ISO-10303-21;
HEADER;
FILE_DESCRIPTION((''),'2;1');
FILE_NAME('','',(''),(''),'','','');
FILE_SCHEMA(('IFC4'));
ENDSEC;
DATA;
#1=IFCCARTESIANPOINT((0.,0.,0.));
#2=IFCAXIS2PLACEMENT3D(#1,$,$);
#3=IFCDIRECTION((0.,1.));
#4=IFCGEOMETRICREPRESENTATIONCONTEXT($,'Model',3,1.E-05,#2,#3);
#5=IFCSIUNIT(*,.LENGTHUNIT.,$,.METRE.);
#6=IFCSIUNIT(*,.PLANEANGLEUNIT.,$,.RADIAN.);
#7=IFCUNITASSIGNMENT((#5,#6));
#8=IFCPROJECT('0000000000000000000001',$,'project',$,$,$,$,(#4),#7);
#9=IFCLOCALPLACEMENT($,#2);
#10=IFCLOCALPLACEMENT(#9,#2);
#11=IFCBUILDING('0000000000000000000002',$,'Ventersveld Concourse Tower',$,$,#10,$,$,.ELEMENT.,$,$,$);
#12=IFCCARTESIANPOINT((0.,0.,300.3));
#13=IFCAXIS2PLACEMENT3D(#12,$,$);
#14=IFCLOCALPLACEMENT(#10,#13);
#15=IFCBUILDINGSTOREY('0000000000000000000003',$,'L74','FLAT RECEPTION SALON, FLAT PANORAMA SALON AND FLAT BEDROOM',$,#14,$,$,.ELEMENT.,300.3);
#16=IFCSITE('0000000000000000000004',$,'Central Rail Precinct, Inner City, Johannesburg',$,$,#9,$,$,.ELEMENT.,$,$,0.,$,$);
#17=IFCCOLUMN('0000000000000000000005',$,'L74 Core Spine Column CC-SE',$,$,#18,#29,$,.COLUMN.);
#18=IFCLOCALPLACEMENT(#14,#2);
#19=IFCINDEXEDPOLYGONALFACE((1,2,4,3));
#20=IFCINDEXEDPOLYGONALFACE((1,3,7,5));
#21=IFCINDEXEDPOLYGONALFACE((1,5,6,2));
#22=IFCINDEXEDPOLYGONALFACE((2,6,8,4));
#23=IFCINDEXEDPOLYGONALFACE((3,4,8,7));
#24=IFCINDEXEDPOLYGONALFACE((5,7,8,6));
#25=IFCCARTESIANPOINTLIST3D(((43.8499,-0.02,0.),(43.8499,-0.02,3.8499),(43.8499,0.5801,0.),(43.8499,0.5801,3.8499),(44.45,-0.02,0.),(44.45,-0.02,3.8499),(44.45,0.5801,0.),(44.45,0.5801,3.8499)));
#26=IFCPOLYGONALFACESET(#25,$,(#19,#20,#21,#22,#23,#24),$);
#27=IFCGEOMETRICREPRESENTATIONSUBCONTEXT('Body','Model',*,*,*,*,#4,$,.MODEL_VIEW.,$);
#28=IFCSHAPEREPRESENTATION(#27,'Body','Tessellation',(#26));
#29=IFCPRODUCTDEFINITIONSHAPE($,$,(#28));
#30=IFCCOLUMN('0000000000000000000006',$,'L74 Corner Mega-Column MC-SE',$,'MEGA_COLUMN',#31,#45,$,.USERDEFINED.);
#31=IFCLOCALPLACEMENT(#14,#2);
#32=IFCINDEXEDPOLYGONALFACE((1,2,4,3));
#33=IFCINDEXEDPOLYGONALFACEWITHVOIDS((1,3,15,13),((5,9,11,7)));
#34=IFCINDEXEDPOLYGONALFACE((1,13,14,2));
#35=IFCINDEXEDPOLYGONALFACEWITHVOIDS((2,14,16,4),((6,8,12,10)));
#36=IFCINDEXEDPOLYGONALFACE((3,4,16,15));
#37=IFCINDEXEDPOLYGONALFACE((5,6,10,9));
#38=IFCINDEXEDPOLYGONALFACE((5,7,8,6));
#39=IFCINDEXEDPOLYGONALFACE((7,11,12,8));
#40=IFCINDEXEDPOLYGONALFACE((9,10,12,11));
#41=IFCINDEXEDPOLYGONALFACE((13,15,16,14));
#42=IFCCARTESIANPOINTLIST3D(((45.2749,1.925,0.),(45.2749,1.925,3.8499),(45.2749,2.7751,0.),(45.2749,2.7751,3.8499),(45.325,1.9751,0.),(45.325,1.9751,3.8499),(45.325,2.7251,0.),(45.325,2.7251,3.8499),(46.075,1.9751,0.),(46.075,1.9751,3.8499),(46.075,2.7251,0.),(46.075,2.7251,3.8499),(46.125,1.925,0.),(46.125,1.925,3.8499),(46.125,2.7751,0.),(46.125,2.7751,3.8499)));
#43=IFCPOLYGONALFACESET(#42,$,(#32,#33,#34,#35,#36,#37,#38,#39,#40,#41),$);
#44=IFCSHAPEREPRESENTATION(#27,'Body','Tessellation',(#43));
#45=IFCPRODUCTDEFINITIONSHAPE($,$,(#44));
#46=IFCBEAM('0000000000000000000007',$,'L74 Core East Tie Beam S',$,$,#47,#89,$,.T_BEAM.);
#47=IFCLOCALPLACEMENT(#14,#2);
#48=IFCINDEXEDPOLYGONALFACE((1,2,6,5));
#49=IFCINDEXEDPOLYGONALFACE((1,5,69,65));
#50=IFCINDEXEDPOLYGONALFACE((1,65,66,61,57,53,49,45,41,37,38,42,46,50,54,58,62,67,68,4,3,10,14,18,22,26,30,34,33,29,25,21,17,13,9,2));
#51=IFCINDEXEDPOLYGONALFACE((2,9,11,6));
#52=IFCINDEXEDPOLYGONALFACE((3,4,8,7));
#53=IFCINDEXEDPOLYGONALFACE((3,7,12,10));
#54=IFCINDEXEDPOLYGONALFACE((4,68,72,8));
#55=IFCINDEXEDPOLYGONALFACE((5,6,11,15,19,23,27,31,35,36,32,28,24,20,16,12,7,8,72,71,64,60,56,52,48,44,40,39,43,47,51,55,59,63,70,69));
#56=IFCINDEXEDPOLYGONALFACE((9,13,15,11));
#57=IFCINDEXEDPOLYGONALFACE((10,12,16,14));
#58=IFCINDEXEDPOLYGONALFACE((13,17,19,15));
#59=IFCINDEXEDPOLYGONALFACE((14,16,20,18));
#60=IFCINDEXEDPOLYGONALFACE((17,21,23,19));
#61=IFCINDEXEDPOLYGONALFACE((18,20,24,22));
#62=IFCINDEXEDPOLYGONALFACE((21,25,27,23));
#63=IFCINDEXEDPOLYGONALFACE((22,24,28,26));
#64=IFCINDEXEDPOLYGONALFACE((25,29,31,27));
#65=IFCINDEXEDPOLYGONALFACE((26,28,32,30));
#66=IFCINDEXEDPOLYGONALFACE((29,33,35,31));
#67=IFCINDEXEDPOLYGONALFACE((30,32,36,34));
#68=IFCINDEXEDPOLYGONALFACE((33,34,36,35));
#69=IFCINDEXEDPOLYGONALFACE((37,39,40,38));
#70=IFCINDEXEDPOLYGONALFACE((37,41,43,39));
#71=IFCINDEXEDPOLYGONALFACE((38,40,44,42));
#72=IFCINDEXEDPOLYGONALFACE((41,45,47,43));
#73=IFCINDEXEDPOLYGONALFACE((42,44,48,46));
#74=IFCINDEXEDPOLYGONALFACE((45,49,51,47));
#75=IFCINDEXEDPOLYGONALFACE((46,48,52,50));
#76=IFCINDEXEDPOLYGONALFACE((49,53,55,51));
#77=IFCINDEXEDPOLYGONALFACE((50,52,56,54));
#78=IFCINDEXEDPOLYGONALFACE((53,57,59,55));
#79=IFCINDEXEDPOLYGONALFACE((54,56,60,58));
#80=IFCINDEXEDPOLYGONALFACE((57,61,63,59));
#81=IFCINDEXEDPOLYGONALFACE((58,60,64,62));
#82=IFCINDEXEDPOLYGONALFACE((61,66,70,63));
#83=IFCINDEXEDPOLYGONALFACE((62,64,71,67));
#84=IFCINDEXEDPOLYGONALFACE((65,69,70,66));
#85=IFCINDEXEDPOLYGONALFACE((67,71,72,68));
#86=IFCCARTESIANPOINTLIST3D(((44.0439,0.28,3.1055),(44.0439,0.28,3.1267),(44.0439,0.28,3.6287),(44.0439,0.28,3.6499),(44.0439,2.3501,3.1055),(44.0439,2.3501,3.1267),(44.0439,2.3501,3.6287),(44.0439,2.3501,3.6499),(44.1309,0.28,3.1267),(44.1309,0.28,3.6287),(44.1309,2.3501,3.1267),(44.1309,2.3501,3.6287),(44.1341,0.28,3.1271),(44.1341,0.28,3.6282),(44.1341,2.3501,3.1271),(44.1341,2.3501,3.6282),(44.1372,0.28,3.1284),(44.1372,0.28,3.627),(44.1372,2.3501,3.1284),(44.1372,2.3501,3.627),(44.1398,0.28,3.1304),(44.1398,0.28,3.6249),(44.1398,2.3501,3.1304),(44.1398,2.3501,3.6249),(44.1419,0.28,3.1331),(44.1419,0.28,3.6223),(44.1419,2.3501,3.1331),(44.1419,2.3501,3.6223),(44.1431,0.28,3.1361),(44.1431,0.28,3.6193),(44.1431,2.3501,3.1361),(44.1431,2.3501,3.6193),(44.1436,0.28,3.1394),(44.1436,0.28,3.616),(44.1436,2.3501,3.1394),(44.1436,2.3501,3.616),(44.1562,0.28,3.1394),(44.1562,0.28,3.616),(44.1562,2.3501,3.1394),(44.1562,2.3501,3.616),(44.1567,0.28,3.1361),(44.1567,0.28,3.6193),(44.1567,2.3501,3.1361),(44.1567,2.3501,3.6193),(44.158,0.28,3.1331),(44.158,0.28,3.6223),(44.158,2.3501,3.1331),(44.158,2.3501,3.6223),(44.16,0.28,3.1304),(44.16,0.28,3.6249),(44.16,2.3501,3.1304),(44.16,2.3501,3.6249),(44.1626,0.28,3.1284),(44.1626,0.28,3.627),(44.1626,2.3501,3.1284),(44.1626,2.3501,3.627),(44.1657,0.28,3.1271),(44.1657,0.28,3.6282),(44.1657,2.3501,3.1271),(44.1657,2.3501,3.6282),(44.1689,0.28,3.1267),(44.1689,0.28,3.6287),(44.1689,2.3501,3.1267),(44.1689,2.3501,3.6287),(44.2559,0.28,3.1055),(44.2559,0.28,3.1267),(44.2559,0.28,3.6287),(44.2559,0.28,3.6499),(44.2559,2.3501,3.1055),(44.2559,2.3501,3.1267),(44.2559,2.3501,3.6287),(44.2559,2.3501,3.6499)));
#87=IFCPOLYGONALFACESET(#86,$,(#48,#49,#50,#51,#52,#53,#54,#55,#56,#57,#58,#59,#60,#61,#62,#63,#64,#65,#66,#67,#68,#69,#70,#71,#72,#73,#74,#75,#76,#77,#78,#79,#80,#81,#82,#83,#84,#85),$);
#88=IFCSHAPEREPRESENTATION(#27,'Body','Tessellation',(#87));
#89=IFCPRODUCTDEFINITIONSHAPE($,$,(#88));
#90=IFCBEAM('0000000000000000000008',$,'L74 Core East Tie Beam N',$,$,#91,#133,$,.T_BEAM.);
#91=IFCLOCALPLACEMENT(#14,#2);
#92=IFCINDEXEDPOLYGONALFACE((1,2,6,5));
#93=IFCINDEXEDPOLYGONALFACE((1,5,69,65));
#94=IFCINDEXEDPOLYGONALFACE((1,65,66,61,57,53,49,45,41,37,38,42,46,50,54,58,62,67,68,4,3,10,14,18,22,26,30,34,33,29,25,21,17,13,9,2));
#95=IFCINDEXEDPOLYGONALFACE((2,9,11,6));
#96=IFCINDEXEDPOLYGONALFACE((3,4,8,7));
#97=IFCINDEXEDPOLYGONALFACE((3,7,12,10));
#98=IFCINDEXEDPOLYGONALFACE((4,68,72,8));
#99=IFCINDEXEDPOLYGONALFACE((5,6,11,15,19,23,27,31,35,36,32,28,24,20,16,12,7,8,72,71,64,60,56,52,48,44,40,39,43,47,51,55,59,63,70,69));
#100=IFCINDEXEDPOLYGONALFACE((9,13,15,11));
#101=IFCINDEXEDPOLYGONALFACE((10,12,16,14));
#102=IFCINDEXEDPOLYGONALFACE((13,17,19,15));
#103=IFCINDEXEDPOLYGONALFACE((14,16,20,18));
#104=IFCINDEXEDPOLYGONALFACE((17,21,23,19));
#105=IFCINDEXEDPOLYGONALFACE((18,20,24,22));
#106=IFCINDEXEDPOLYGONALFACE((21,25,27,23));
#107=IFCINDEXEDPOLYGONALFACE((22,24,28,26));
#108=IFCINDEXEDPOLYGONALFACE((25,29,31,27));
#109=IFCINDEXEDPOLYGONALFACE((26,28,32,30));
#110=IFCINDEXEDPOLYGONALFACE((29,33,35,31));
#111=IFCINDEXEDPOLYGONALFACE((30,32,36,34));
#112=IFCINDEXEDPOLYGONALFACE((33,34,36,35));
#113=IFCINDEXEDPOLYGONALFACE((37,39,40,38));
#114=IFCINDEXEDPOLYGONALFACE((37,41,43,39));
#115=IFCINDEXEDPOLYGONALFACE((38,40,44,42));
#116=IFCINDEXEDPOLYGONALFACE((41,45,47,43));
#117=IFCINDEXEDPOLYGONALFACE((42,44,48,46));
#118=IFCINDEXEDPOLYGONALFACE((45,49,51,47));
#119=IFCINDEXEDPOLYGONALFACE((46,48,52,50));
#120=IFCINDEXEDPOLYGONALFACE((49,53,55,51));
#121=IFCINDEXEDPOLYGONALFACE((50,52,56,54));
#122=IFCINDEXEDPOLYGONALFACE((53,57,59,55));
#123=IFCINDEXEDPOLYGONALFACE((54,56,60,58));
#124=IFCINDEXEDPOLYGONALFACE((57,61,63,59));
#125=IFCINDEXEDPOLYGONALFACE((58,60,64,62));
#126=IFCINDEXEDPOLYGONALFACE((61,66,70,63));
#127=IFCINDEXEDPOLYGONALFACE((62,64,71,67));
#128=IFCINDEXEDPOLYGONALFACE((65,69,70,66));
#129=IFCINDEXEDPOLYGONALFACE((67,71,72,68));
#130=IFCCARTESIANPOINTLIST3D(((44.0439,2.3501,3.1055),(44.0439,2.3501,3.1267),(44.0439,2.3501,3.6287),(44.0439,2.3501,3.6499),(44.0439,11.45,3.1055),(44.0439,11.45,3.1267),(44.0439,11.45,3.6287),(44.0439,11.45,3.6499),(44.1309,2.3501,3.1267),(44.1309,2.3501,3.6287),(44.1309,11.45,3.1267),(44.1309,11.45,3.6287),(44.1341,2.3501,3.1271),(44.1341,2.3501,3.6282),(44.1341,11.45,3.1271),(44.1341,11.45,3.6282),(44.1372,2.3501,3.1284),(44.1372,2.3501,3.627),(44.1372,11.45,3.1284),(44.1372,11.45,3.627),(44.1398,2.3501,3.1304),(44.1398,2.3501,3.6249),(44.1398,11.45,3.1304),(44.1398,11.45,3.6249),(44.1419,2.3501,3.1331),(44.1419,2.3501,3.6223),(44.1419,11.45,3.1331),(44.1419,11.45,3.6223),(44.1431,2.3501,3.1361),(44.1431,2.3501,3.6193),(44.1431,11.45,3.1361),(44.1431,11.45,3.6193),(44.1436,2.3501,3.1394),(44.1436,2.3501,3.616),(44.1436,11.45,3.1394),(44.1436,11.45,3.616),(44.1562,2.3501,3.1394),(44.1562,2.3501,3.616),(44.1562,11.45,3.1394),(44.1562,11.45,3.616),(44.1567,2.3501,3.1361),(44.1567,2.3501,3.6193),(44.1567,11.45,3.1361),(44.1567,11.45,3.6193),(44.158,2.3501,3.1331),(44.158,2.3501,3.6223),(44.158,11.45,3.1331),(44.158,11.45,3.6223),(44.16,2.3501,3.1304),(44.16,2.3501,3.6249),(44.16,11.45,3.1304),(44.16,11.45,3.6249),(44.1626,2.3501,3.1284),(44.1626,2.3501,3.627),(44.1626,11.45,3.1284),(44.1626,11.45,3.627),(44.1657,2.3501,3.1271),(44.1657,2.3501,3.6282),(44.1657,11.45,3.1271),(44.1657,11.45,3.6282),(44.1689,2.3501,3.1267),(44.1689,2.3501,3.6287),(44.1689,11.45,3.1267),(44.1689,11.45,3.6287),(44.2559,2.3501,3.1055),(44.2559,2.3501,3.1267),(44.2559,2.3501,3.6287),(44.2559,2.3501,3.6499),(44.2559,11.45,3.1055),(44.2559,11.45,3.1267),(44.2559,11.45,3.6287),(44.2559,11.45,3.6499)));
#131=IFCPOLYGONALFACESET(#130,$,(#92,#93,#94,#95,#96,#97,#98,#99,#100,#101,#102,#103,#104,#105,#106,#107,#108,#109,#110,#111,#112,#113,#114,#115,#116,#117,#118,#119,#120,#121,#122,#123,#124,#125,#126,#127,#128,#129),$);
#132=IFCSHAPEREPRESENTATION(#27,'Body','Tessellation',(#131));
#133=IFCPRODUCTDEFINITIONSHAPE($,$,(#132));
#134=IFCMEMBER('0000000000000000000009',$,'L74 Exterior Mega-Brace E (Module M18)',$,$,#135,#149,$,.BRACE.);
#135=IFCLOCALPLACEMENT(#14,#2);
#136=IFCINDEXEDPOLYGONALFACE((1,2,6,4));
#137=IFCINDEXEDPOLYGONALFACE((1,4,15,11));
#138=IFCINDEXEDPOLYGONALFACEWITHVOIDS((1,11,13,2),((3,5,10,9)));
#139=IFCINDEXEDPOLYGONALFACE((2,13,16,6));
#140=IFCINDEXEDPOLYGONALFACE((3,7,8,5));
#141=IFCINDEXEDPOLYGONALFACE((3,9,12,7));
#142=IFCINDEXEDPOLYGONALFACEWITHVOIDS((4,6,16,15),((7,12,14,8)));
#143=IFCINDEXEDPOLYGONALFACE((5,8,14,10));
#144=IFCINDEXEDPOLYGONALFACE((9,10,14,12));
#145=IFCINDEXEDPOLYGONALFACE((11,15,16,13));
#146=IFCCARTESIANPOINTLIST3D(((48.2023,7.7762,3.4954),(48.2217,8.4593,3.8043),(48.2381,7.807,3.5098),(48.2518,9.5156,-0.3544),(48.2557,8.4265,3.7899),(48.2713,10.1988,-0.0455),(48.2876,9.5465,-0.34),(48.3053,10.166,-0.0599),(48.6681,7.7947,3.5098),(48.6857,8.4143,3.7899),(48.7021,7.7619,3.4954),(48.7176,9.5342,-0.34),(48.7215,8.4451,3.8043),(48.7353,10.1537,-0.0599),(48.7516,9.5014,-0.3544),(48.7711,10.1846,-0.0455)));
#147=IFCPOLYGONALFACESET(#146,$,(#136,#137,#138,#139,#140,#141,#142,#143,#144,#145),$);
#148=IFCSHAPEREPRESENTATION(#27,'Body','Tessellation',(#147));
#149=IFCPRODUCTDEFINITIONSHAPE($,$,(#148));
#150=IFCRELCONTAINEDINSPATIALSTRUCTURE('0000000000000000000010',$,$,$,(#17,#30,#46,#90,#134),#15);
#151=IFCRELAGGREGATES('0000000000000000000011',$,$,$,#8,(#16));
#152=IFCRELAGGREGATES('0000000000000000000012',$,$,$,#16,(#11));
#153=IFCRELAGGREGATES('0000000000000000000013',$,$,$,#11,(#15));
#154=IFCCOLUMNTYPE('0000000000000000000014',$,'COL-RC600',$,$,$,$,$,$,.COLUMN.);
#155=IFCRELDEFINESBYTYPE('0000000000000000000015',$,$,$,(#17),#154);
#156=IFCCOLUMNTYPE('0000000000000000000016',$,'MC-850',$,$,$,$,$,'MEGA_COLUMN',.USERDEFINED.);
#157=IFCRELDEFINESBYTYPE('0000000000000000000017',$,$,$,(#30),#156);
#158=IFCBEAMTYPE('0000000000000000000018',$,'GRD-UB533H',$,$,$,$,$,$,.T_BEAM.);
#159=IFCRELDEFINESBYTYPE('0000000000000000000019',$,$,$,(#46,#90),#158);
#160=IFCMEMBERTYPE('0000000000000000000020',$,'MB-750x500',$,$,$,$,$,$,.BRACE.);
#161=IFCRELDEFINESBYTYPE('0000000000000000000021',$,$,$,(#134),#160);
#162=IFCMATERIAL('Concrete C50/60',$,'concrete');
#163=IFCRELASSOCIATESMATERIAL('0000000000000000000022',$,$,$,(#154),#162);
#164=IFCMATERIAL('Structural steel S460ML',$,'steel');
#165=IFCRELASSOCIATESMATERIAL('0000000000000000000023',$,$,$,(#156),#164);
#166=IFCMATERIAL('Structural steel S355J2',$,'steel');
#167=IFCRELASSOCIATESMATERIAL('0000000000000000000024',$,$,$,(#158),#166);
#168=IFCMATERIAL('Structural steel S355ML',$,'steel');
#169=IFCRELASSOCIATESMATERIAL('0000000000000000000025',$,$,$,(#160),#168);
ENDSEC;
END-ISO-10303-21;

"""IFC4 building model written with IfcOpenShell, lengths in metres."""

from ifc_helpers import new_model, si_unit, direction, frame, origin, origin_2d, place, context, subcontext, project, spatial, rectangle, hollow_rectangle, i_section, extrude, material, material_profile, profile_set, type_object, element, save


model = new_model("IFC4")

# Units and contexts
model_context = context("Model", 3, precision=1e-05, world=origin(), true_north=direction((0.0, 1.0)))
body_context = subcontext(model_context, "Body", "Model", "MODEL_VIEW")
ifc_project = project(units=[si_unit("LENGTHUNIT", "METRE"), si_unit("PLANEANGLEUNIT", "RADIAN")], contexts=[model_context])

# Site, building, storey
site_placement = place(None, origin())
site = spatial("IfcSite", under=ifc_project, at=site_placement, Name="Central Rail Precinct, Inner City, Johannesburg", CompositionType="ELEMENT", RefElevation=0.0)
building_placement = place(site_placement, origin())
building = spatial("IfcBuilding", under=site, at=building_placement, Name="Ventersveld Concourse Tower", CompositionType="ELEMENT")
storey_placement = place(building_placement, frame((0.0, 0.0, 300.3)))
storey = spatial("IfcBuildingStorey", under=building, at=storey_placement, Name="L74", Description="FLAT RECEPTION SALON, FLAT PANORAMA SALON AND FLAT BEDROOM", CompositionType="ELEMENT", Elevation=300.3)

# Columns
ifc_material_1 = material(Name="Concrete C50/60", Category="concrete")
ifc_material_profile_1 = material_profile(ifc_material_1, rectangle(XDim=0.6001, YDim=0.6001, at=origin_2d()), Name="RC 600x600")
ifc_profile_set_1 = profile_set([ifc_material_profile_1], Name="Concrete C50/60")
column_type_1 = type_object("IfcColumnType", Name="COL-RC600", PredefinedType="COLUMN", material=ifc_profile_set_1)
column_1_placement = place(storey_placement, frame((44.1499, 0.28, 0.0), z_axis=(0.0, 0.0, 1.0), x_axis=(1.0, 0.0, 0.0)))
element("IfcColumn", 1, at=column_1_placement, inside=storey, type_object=column_type_1, Name="L74 Core Spine Column CC-SE", PredefinedType="COLUMN", context=body_context, shape_type="SweptSolid", body=[
    extrude(rectangle(XDim=0.6001, YDim=0.6001, at=origin_2d()), origin(), (0.0, 0.0, 1.0), 3.8499),
])
ifc_material_2 = material(Name="Structural steel S460ML", Category="steel")
ifc_material_profile_2 = material_profile(ifc_material_2, hollow_rectangle(XDim=0.8501, YDim=0.8501, WallThickness=0.05, at=origin_2d()), Name="BOX 850x850x50")
ifc_profile_set_2 = profile_set([ifc_material_profile_2], Name="Structural steel S460ML")
column_type_2 = type_object("IfcColumnType", Name="MC-850", ElementType="MEGA_COLUMN", PredefinedType="USERDEFINED", material=ifc_profile_set_2)
column_2_placement = place(storey_placement, frame((45.7, 2.3501, 0.0), z_axis=(0.0, 0.0, 1.0), x_axis=(1.0, 0.0, 0.0)))
element("IfcColumn", 2, at=column_2_placement, inside=storey, type_object=column_type_2, Name="L74 Corner Mega-Column MC-SE", ObjectType="MEGA_COLUMN", PredefinedType="USERDEFINED", context=body_context, shape_type="SweptSolid", body=[
    extrude(hollow_rectangle(XDim=0.8501, YDim=0.8501, WallThickness=0.05, at=origin_2d()), origin(), (0.0, 0.0, 1.0), 3.8499),
])

# Beams
ifc_material_3 = material(Name="Structural steel S355J2", Category="steel")
ifc_material_profile_3 = material_profile(ifc_material_3, i_section(OverallWidth=0.2119, OverallDepth=0.5444, WebThickness=0.0127, FlangeThickness=0.0212, FilletRadius=0.0127, at=origin_2d()), Name="UB 533x210x122")
ifc_profile_set_3 = profile_set([ifc_material_profile_3], Name="Structural steel S355J2")
beam_type_1 = type_object("IfcBeamType", Name="GRD-UB533H", PredefinedType="T_BEAM", material=ifc_profile_set_3)
beam_1_placement = place(storey_placement, frame((44.1499, 0.28, 3.3777), z_axis=(0.0, 1.0, 0.0), x_axis=(-1.0, 0.0, 0.0)))
element("IfcBeam", 3, at=beam_1_placement, inside=storey, type_object=beam_type_1, Name="L74 Core East Tie Beam S", PredefinedType="T_BEAM", context=body_context, shape_type="SweptSolid", body=[
    extrude(i_section(OverallWidth=0.2119, OverallDepth=0.5444, WebThickness=0.0127, FlangeThickness=0.0212, FilletRadius=0.0127, at=origin_2d()), origin(), (0.0, 0.0, 1.0), 2.0701),
])
beam_2_placement = place(storey_placement, frame((44.1499, 2.3501, 3.3777), z_axis=(0.0, 1.0, 0.0), x_axis=(-1.0, 0.0, 0.0)))
element("IfcBeam", 4, at=beam_2_placement, inside=storey, type_object=beam_type_1, Name="L74 Core East Tie Beam N", PredefinedType="T_BEAM", context=body_context, shape_type="SweptSolid", body=[
    extrude(i_section(OverallWidth=0.2119, OverallDepth=0.5444, WebThickness=0.0127, FlangeThickness=0.0212, FilletRadius=0.0127, at=origin_2d()), origin(), (0.0, 0.0, 1.0), 9.0999),
])

# Member
ifc_material_4 = material(Name="Structural steel S355ML", Category="steel")
ifc_material_profile_4 = material_profile(ifc_material_4, hollow_rectangle(XDim=0.5, YDim=0.75, WallThickness=0.0349, at=origin_2d()), Name="BOX 750x500x35")
ifc_profile_set_4 = profile_set([ifc_material_profile_4], Name="Structural steel S355ML")
member_type = type_object("IfcMemberType", Name="MB-750x500", PredefinedType="BRACE", material=ifc_profile_set_4)
member_placement = place(storey_placement, frame((48.5115, 9.8501, -0.2), z_axis=(-0.011731, -0.411727, 0.911232), x_axis=(0.999594, -0.02848, 0.0)))
element("IfcMember", 5, at=member_placement, inside=storey, type_object=member_type, Name="L74 Exterior Mega-Brace E (Module M18)", PredefinedType="BRACE", context=body_context, shape_type="SweptSolid", body=[
    extrude(hollow_rectangle(XDim=0.5, YDim=0.75, WallThickness=0.0349, at=origin_2d()), origin(), (0.0, 0.0, 1.0), 4.2249),
])

save(model, "model.ifc")
